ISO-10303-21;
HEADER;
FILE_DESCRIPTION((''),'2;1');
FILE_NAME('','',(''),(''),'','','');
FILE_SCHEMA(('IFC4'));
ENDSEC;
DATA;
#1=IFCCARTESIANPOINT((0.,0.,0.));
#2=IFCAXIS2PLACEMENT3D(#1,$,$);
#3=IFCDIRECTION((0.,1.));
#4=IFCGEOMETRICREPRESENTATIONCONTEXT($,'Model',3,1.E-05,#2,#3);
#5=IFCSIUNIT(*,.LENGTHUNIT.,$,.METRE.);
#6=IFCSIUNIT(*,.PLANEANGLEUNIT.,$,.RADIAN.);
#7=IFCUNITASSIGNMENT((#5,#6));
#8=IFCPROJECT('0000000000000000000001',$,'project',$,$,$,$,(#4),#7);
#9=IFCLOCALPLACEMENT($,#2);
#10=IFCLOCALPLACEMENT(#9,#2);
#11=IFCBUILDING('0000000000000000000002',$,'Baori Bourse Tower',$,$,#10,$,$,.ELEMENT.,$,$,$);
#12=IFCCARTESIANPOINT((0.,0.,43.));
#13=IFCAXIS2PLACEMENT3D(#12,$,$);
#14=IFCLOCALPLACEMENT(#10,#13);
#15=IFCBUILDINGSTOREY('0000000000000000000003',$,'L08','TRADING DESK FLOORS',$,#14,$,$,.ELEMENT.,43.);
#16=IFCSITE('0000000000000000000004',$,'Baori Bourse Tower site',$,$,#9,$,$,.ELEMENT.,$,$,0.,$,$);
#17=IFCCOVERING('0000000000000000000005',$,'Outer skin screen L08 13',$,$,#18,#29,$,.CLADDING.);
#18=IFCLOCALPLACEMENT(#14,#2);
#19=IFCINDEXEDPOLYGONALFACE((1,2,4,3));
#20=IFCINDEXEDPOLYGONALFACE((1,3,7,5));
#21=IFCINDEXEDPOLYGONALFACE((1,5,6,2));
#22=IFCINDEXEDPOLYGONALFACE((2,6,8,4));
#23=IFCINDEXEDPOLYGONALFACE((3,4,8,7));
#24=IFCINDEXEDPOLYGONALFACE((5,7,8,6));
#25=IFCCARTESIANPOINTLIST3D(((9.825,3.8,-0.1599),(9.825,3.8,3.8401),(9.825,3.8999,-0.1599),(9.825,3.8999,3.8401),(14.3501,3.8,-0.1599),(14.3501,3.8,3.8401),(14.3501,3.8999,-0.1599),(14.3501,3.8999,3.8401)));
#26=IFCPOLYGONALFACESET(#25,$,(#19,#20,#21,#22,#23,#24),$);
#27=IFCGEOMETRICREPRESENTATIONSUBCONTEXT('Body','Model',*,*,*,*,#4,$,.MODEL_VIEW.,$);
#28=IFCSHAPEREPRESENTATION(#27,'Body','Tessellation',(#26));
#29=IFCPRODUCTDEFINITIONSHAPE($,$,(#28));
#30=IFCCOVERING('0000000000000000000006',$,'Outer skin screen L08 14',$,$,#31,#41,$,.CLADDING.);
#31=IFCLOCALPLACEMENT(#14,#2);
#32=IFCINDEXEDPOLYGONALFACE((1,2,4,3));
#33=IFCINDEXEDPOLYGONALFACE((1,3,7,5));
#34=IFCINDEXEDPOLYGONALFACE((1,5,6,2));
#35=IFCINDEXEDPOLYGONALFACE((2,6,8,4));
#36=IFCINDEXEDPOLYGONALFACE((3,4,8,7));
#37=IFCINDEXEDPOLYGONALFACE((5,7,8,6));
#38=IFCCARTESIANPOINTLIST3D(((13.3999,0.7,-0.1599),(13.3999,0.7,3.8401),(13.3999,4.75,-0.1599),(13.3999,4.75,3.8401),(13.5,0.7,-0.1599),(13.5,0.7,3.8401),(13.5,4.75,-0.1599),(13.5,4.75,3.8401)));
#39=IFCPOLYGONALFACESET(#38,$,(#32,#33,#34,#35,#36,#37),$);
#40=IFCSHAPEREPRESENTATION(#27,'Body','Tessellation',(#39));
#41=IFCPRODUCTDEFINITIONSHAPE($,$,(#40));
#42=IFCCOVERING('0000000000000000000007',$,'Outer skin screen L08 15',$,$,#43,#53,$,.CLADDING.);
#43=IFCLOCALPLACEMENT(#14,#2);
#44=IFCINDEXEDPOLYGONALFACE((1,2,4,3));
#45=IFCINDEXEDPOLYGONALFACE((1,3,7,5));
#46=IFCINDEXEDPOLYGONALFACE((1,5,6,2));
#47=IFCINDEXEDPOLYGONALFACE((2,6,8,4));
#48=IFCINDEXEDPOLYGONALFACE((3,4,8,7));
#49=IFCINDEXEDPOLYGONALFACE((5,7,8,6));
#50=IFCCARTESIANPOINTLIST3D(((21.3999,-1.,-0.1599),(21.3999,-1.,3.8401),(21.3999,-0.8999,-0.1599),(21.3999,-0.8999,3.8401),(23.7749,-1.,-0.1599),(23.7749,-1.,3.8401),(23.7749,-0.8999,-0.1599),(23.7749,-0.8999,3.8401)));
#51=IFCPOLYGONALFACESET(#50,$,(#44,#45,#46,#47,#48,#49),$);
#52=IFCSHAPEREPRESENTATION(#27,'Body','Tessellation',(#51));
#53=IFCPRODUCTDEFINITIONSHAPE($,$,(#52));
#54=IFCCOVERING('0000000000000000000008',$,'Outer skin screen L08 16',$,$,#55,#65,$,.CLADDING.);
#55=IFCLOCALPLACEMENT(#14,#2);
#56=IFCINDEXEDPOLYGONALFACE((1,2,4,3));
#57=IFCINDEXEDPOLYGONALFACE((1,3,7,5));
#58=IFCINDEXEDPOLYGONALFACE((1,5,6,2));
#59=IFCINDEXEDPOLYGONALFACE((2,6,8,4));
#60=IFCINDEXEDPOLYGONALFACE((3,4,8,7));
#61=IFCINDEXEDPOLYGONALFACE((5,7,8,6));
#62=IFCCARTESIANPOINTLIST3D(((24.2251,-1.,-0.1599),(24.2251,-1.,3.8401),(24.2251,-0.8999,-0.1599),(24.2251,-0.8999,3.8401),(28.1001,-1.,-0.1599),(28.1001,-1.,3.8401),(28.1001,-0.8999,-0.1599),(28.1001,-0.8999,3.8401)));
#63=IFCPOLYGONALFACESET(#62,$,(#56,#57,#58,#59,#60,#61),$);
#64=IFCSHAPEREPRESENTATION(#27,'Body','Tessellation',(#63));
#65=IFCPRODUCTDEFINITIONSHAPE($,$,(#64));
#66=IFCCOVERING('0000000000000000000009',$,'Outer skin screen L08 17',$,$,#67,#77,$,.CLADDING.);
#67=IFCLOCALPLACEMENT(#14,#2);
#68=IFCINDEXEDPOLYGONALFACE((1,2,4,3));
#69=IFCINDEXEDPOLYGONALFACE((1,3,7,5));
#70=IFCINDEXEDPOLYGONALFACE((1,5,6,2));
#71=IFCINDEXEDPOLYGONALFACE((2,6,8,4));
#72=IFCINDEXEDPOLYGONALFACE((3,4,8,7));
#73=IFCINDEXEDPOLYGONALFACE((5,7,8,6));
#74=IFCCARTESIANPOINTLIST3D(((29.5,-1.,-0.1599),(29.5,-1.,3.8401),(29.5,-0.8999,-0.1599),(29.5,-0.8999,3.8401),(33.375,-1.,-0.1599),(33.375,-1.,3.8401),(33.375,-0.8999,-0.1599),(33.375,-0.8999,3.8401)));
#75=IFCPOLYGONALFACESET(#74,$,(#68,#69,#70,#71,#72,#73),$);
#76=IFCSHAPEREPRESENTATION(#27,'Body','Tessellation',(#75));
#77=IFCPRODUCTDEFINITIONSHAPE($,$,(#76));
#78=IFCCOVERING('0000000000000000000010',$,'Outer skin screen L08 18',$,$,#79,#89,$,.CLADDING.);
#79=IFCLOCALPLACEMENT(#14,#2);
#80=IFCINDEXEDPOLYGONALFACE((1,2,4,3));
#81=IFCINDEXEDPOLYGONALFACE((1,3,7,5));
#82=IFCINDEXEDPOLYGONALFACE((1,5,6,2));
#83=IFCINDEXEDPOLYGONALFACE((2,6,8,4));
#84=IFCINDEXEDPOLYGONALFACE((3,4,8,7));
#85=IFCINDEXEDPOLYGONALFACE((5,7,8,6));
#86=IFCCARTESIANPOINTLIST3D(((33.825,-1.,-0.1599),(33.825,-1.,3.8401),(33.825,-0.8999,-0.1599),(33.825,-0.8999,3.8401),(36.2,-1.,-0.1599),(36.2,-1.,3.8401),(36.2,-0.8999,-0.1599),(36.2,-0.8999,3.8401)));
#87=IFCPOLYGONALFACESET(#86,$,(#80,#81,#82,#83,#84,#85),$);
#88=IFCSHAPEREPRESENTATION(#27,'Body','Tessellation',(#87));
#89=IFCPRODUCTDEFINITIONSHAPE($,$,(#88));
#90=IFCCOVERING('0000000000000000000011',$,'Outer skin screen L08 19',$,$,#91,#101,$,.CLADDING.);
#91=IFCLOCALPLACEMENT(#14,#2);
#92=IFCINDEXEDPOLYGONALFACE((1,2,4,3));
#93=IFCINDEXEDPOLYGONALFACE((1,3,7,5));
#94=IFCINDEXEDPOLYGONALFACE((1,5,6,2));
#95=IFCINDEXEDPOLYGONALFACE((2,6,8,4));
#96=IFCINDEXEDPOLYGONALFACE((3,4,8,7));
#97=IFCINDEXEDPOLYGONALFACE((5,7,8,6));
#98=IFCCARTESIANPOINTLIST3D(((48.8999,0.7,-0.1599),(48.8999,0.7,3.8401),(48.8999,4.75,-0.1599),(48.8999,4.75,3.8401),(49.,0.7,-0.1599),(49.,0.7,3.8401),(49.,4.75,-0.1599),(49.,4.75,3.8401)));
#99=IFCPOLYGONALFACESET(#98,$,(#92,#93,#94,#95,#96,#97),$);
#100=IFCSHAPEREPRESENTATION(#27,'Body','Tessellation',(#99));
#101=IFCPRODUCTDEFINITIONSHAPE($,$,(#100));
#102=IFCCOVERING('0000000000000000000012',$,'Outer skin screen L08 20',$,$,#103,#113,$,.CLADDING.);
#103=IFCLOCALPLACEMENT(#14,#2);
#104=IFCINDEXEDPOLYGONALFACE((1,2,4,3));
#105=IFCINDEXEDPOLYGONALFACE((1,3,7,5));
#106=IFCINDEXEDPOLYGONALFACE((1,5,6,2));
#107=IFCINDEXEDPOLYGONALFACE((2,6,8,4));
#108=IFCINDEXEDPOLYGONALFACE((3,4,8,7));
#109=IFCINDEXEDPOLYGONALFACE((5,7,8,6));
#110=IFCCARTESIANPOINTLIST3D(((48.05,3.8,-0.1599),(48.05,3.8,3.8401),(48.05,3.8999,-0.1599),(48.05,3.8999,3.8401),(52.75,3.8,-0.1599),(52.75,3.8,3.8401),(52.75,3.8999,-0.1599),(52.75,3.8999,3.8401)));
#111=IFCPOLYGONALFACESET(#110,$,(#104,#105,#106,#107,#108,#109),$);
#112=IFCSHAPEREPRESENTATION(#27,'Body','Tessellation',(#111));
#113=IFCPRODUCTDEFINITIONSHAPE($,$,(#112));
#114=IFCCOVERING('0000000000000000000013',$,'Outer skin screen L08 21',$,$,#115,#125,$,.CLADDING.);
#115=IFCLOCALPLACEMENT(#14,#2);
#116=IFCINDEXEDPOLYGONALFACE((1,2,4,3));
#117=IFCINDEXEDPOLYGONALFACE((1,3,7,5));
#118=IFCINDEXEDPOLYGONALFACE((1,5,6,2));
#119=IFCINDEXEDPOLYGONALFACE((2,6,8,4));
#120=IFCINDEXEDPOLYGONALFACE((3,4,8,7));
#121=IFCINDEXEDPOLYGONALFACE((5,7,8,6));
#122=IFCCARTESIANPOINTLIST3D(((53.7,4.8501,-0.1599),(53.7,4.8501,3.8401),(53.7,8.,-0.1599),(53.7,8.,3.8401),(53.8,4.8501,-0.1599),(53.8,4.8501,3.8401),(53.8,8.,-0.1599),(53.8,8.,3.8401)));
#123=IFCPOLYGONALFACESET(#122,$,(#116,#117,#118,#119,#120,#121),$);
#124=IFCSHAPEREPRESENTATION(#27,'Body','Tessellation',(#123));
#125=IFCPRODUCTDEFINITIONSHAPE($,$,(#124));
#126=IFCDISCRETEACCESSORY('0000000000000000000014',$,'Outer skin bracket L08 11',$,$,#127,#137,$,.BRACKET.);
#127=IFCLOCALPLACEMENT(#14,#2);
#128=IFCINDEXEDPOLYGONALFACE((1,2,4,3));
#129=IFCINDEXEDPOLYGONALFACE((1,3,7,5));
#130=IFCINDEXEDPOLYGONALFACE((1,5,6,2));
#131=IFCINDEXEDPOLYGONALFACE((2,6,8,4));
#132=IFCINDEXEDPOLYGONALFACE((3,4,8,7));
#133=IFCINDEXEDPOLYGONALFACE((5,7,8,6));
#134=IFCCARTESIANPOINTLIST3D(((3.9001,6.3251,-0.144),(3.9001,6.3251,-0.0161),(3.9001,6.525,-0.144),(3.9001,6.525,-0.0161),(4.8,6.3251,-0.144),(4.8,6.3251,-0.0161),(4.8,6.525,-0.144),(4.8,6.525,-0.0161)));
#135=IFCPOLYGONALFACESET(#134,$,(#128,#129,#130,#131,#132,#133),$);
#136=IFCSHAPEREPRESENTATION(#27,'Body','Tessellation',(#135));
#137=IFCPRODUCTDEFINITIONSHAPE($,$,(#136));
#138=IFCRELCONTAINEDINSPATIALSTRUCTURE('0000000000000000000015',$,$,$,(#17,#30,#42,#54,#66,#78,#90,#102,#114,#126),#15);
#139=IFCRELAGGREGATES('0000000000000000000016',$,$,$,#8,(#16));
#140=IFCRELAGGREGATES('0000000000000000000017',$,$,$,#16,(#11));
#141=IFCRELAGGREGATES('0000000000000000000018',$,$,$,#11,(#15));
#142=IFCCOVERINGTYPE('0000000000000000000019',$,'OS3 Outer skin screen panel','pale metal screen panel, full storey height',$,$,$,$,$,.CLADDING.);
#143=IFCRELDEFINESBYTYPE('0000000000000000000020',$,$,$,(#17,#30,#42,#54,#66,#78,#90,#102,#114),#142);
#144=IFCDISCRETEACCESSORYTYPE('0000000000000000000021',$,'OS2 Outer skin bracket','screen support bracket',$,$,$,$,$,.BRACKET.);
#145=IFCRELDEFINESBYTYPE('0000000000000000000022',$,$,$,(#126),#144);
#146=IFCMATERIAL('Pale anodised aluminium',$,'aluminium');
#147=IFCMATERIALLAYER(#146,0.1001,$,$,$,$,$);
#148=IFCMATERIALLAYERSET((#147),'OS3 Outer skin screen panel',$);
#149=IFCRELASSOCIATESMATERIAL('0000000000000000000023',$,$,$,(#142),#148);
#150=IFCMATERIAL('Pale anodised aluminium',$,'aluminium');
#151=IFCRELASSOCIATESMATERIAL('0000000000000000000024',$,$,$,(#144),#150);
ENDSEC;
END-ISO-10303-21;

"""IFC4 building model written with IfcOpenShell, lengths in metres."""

from ifc_helpers import new_model, si_unit, direction, frame, origin, origin_2d, place, context, subcontext, project, spatial, polyline, rectangle, outline, extrude, material, layer, layer_set, type_object, element, save


model = new_model("IFC4")

# Units and contexts
model_context = context("Model", 3, precision=1e-05, world=origin(), true_north=direction((0.0, 1.0)))
body_context = subcontext(model_context, "Body", "Model", "MODEL_VIEW")
ifc_project = project(units=[si_unit("LENGTHUNIT", "METRE"), si_unit("PLANEANGLEUNIT", "RADIAN")], contexts=[model_context])

# Site, building, storey
site_placement = place(None, origin())
site = spatial("IfcSite", under=ifc_project, at=site_placement, Name="Baori Bourse Tower site", CompositionType="ELEMENT", RefElevation=0.0)
building_placement = place(site_placement, origin())
building = spatial("IfcBuilding", under=site, at=building_placement, Name="Baori Bourse Tower", CompositionType="ELEMENT")
storey_placement = place(building_placement, frame((0.0, 0.0, 43.0)))
storey = spatial("IfcBuildingStorey", under=building, at=storey_placement, Name="L08", Description="TRADING DESK FLOORS", CompositionType="ELEMENT", Elevation=43.0)

# Coverings
ifc_material_1 = material(Name="Pale anodised aluminium", Category="aluminium")
ifc_layer_1 = layer(ifc_material_1, 0.1001)
ifc_layer_set_1 = layer_set([ifc_layer_1], Name="OS3 Outer skin screen panel")
covering_type = type_object("IfcCoveringType", Name="OS3 Outer skin screen panel", Description="pale metal screen panel, full storey height", PredefinedType="CLADDING", material=ifc_layer_set_1)
covering_1_placement = place(storey_placement, frame((0.0, 0.0, -0.1599)))
element("IfcCovering", 1, at=covering_1_placement, inside=storey, type_object=covering_type, Name="Outer skin screen L08 13", PredefinedType="CLADDING", context=body_context, shape_type="SweptSolid", body=[
    extrude(outline(polyline([(14.3501, 3.8999), (9.825, 3.8999), (9.825, 3.8), (14.3501, 3.8), (14.3501, 3.8999)])), origin(), (0.0, 0.0, 1.0), 4.0),
])
covering_2_placement = place(storey_placement, frame((0.0, 0.0, -0.1599)))
element("IfcCovering", 2, at=covering_2_placement, inside=storey, type_object=covering_type, Name="Outer skin screen L08 14", PredefinedType="CLADDING", context=body_context, shape_type="SweptSolid", body=[
    extrude(outline(polyline([(13.5, 0.7), (13.5, 4.75), (13.3999, 4.75), (13.3999, 0.7), (13.5, 0.7)])), origin(), (0.0, 0.0, 1.0), 4.0),
])
covering_3_placement = place(storey_placement, frame((0.0, 0.0, -0.1599)))
element("IfcCovering", 3, at=covering_3_placement, inside=storey, type_object=covering_type, Name="Outer skin screen L08 15", PredefinedType="CLADDING", context=body_context, shape_type="SweptSolid", body=[
    extrude(outline(polyline([(23.7749, -0.8999), (21.3999, -0.8999), (21.3999, -1.0), (23.7749, -1.0), (23.7749, -0.8999)])), origin(), (0.0, 0.0, 1.0), 4.0),
])
covering_4_placement = place(storey_placement, frame((0.0, 0.0, -0.1599)))
element("IfcCovering", 4, at=covering_4_placement, inside=storey, type_object=covering_type, Name="Outer skin screen L08 16", PredefinedType="CLADDING", context=body_context, shape_type="SweptSolid", body=[
    extrude(outline(polyline([(28.1001, -0.8999), (24.2251, -0.8999), (24.2251, -1.0), (28.1001, -1.0), (28.1001, -0.8999)])), origin(), (0.0, 0.0, 1.0), 4.0),
])
covering_5_placement = place(storey_placement, frame((0.0, 0.0, -0.1599)))
element("IfcCovering", 5, at=covering_5_placement, inside=storey, type_object=covering_type, Name="Outer skin screen L08 17", PredefinedType="CLADDING", context=body_context, shape_type="SweptSolid", body=[
    extrude(outline(polyline([(33.375, -0.8999), (29.5, -0.8999), (29.5, -1.0), (33.375, -1.0), (33.375, -0.8999)])), origin(), (0.0, 0.0, 1.0), 4.0),
])
covering_6_placement = place(storey_placement, frame((0.0, 0.0, -0.1599)))
element("IfcCovering", 6, at=covering_6_placement, inside=storey, type_object=covering_type, Name="Outer skin screen L08 18", PredefinedType="CLADDING", context=body_context, shape_type="SweptSolid", body=[
    extrude(outline(polyline([(36.2, -0.8999), (33.825, -0.8999), (33.825, -1.0), (36.2, -1.0), (36.2, -0.8999)])), origin(), (0.0, 0.0, 1.0), 4.0),
])
covering_7_placement = place(storey_placement, frame((0.0, 0.0, -0.1599)))
element("IfcCovering", 7, at=covering_7_placement, inside=storey, type_object=covering_type, Name="Outer skin screen L08 19", PredefinedType="CLADDING", context=body_context, shape_type="SweptSolid", body=[
    extrude(outline(polyline([(48.8999, 4.75), (48.8999, 0.7), (49.0, 0.7), (49.0, 4.75), (48.8999, 4.75)])), origin(), (0.0, 0.0, 1.0), 4.0),
])
covering_8_placement = place(storey_placement, frame((0.0, 0.0, -0.1599)))
element("IfcCovering", 8, at=covering_8_placement, inside=storey, type_object=covering_type, Name="Outer skin screen L08 20", PredefinedType="CLADDING", context=body_context, shape_type="SweptSolid", body=[
    extrude(outline(polyline([(52.75, 3.8999), (48.05, 3.8999), (48.05, 3.8), (52.75, 3.8), (52.75, 3.8999)])), origin(), (0.0, 0.0, 1.0), 4.0),
])
covering_9_placement = place(storey_placement, frame((0.0, 0.0, -0.1599)))
element("IfcCovering", 9, at=covering_9_placement, inside=storey, type_object=covering_type, Name="Outer skin screen L08 21", PredefinedType="CLADDING", context=body_context, shape_type="SweptSolid", body=[
    extrude(outline(polyline([(53.7, 8.0), (53.7, 4.8501), (53.8, 4.8501), (53.8, 8.0), (53.7, 8.0)])), origin(), (0.0, 0.0, 1.0), 4.0),
])

# Discrete accessory
ifc_material_2 = material(Name="Pale anodised aluminium", Category="aluminium")
discrete_accessory_type = type_object("IfcDiscreteAccessoryType", Name="OS2 Outer skin bracket", Description="screen support bracket", PredefinedType="BRACKET", material=ifc_material_2)
discrete_accessory_placement = place(storey_placement, frame((4.3501, 6.425, -0.144), z_axis=(0.0, 0.0, 1.0), x_axis=(0.0, -1.0, 0.0)))
element("IfcDiscreteAccessory", 10, at=discrete_accessory_placement, inside=storey, type_object=discrete_accessory_type, Name="Outer skin bracket L08 11", PredefinedType="BRACKET", context=body_context, shape_type="SweptSolid", body=[
    extrude(rectangle(XDim=0.2, YDim=0.8999, at=origin_2d()), origin(), (0.0, 0.0, 1.0), 0.1279),
])

save(model, "model.ifc")
